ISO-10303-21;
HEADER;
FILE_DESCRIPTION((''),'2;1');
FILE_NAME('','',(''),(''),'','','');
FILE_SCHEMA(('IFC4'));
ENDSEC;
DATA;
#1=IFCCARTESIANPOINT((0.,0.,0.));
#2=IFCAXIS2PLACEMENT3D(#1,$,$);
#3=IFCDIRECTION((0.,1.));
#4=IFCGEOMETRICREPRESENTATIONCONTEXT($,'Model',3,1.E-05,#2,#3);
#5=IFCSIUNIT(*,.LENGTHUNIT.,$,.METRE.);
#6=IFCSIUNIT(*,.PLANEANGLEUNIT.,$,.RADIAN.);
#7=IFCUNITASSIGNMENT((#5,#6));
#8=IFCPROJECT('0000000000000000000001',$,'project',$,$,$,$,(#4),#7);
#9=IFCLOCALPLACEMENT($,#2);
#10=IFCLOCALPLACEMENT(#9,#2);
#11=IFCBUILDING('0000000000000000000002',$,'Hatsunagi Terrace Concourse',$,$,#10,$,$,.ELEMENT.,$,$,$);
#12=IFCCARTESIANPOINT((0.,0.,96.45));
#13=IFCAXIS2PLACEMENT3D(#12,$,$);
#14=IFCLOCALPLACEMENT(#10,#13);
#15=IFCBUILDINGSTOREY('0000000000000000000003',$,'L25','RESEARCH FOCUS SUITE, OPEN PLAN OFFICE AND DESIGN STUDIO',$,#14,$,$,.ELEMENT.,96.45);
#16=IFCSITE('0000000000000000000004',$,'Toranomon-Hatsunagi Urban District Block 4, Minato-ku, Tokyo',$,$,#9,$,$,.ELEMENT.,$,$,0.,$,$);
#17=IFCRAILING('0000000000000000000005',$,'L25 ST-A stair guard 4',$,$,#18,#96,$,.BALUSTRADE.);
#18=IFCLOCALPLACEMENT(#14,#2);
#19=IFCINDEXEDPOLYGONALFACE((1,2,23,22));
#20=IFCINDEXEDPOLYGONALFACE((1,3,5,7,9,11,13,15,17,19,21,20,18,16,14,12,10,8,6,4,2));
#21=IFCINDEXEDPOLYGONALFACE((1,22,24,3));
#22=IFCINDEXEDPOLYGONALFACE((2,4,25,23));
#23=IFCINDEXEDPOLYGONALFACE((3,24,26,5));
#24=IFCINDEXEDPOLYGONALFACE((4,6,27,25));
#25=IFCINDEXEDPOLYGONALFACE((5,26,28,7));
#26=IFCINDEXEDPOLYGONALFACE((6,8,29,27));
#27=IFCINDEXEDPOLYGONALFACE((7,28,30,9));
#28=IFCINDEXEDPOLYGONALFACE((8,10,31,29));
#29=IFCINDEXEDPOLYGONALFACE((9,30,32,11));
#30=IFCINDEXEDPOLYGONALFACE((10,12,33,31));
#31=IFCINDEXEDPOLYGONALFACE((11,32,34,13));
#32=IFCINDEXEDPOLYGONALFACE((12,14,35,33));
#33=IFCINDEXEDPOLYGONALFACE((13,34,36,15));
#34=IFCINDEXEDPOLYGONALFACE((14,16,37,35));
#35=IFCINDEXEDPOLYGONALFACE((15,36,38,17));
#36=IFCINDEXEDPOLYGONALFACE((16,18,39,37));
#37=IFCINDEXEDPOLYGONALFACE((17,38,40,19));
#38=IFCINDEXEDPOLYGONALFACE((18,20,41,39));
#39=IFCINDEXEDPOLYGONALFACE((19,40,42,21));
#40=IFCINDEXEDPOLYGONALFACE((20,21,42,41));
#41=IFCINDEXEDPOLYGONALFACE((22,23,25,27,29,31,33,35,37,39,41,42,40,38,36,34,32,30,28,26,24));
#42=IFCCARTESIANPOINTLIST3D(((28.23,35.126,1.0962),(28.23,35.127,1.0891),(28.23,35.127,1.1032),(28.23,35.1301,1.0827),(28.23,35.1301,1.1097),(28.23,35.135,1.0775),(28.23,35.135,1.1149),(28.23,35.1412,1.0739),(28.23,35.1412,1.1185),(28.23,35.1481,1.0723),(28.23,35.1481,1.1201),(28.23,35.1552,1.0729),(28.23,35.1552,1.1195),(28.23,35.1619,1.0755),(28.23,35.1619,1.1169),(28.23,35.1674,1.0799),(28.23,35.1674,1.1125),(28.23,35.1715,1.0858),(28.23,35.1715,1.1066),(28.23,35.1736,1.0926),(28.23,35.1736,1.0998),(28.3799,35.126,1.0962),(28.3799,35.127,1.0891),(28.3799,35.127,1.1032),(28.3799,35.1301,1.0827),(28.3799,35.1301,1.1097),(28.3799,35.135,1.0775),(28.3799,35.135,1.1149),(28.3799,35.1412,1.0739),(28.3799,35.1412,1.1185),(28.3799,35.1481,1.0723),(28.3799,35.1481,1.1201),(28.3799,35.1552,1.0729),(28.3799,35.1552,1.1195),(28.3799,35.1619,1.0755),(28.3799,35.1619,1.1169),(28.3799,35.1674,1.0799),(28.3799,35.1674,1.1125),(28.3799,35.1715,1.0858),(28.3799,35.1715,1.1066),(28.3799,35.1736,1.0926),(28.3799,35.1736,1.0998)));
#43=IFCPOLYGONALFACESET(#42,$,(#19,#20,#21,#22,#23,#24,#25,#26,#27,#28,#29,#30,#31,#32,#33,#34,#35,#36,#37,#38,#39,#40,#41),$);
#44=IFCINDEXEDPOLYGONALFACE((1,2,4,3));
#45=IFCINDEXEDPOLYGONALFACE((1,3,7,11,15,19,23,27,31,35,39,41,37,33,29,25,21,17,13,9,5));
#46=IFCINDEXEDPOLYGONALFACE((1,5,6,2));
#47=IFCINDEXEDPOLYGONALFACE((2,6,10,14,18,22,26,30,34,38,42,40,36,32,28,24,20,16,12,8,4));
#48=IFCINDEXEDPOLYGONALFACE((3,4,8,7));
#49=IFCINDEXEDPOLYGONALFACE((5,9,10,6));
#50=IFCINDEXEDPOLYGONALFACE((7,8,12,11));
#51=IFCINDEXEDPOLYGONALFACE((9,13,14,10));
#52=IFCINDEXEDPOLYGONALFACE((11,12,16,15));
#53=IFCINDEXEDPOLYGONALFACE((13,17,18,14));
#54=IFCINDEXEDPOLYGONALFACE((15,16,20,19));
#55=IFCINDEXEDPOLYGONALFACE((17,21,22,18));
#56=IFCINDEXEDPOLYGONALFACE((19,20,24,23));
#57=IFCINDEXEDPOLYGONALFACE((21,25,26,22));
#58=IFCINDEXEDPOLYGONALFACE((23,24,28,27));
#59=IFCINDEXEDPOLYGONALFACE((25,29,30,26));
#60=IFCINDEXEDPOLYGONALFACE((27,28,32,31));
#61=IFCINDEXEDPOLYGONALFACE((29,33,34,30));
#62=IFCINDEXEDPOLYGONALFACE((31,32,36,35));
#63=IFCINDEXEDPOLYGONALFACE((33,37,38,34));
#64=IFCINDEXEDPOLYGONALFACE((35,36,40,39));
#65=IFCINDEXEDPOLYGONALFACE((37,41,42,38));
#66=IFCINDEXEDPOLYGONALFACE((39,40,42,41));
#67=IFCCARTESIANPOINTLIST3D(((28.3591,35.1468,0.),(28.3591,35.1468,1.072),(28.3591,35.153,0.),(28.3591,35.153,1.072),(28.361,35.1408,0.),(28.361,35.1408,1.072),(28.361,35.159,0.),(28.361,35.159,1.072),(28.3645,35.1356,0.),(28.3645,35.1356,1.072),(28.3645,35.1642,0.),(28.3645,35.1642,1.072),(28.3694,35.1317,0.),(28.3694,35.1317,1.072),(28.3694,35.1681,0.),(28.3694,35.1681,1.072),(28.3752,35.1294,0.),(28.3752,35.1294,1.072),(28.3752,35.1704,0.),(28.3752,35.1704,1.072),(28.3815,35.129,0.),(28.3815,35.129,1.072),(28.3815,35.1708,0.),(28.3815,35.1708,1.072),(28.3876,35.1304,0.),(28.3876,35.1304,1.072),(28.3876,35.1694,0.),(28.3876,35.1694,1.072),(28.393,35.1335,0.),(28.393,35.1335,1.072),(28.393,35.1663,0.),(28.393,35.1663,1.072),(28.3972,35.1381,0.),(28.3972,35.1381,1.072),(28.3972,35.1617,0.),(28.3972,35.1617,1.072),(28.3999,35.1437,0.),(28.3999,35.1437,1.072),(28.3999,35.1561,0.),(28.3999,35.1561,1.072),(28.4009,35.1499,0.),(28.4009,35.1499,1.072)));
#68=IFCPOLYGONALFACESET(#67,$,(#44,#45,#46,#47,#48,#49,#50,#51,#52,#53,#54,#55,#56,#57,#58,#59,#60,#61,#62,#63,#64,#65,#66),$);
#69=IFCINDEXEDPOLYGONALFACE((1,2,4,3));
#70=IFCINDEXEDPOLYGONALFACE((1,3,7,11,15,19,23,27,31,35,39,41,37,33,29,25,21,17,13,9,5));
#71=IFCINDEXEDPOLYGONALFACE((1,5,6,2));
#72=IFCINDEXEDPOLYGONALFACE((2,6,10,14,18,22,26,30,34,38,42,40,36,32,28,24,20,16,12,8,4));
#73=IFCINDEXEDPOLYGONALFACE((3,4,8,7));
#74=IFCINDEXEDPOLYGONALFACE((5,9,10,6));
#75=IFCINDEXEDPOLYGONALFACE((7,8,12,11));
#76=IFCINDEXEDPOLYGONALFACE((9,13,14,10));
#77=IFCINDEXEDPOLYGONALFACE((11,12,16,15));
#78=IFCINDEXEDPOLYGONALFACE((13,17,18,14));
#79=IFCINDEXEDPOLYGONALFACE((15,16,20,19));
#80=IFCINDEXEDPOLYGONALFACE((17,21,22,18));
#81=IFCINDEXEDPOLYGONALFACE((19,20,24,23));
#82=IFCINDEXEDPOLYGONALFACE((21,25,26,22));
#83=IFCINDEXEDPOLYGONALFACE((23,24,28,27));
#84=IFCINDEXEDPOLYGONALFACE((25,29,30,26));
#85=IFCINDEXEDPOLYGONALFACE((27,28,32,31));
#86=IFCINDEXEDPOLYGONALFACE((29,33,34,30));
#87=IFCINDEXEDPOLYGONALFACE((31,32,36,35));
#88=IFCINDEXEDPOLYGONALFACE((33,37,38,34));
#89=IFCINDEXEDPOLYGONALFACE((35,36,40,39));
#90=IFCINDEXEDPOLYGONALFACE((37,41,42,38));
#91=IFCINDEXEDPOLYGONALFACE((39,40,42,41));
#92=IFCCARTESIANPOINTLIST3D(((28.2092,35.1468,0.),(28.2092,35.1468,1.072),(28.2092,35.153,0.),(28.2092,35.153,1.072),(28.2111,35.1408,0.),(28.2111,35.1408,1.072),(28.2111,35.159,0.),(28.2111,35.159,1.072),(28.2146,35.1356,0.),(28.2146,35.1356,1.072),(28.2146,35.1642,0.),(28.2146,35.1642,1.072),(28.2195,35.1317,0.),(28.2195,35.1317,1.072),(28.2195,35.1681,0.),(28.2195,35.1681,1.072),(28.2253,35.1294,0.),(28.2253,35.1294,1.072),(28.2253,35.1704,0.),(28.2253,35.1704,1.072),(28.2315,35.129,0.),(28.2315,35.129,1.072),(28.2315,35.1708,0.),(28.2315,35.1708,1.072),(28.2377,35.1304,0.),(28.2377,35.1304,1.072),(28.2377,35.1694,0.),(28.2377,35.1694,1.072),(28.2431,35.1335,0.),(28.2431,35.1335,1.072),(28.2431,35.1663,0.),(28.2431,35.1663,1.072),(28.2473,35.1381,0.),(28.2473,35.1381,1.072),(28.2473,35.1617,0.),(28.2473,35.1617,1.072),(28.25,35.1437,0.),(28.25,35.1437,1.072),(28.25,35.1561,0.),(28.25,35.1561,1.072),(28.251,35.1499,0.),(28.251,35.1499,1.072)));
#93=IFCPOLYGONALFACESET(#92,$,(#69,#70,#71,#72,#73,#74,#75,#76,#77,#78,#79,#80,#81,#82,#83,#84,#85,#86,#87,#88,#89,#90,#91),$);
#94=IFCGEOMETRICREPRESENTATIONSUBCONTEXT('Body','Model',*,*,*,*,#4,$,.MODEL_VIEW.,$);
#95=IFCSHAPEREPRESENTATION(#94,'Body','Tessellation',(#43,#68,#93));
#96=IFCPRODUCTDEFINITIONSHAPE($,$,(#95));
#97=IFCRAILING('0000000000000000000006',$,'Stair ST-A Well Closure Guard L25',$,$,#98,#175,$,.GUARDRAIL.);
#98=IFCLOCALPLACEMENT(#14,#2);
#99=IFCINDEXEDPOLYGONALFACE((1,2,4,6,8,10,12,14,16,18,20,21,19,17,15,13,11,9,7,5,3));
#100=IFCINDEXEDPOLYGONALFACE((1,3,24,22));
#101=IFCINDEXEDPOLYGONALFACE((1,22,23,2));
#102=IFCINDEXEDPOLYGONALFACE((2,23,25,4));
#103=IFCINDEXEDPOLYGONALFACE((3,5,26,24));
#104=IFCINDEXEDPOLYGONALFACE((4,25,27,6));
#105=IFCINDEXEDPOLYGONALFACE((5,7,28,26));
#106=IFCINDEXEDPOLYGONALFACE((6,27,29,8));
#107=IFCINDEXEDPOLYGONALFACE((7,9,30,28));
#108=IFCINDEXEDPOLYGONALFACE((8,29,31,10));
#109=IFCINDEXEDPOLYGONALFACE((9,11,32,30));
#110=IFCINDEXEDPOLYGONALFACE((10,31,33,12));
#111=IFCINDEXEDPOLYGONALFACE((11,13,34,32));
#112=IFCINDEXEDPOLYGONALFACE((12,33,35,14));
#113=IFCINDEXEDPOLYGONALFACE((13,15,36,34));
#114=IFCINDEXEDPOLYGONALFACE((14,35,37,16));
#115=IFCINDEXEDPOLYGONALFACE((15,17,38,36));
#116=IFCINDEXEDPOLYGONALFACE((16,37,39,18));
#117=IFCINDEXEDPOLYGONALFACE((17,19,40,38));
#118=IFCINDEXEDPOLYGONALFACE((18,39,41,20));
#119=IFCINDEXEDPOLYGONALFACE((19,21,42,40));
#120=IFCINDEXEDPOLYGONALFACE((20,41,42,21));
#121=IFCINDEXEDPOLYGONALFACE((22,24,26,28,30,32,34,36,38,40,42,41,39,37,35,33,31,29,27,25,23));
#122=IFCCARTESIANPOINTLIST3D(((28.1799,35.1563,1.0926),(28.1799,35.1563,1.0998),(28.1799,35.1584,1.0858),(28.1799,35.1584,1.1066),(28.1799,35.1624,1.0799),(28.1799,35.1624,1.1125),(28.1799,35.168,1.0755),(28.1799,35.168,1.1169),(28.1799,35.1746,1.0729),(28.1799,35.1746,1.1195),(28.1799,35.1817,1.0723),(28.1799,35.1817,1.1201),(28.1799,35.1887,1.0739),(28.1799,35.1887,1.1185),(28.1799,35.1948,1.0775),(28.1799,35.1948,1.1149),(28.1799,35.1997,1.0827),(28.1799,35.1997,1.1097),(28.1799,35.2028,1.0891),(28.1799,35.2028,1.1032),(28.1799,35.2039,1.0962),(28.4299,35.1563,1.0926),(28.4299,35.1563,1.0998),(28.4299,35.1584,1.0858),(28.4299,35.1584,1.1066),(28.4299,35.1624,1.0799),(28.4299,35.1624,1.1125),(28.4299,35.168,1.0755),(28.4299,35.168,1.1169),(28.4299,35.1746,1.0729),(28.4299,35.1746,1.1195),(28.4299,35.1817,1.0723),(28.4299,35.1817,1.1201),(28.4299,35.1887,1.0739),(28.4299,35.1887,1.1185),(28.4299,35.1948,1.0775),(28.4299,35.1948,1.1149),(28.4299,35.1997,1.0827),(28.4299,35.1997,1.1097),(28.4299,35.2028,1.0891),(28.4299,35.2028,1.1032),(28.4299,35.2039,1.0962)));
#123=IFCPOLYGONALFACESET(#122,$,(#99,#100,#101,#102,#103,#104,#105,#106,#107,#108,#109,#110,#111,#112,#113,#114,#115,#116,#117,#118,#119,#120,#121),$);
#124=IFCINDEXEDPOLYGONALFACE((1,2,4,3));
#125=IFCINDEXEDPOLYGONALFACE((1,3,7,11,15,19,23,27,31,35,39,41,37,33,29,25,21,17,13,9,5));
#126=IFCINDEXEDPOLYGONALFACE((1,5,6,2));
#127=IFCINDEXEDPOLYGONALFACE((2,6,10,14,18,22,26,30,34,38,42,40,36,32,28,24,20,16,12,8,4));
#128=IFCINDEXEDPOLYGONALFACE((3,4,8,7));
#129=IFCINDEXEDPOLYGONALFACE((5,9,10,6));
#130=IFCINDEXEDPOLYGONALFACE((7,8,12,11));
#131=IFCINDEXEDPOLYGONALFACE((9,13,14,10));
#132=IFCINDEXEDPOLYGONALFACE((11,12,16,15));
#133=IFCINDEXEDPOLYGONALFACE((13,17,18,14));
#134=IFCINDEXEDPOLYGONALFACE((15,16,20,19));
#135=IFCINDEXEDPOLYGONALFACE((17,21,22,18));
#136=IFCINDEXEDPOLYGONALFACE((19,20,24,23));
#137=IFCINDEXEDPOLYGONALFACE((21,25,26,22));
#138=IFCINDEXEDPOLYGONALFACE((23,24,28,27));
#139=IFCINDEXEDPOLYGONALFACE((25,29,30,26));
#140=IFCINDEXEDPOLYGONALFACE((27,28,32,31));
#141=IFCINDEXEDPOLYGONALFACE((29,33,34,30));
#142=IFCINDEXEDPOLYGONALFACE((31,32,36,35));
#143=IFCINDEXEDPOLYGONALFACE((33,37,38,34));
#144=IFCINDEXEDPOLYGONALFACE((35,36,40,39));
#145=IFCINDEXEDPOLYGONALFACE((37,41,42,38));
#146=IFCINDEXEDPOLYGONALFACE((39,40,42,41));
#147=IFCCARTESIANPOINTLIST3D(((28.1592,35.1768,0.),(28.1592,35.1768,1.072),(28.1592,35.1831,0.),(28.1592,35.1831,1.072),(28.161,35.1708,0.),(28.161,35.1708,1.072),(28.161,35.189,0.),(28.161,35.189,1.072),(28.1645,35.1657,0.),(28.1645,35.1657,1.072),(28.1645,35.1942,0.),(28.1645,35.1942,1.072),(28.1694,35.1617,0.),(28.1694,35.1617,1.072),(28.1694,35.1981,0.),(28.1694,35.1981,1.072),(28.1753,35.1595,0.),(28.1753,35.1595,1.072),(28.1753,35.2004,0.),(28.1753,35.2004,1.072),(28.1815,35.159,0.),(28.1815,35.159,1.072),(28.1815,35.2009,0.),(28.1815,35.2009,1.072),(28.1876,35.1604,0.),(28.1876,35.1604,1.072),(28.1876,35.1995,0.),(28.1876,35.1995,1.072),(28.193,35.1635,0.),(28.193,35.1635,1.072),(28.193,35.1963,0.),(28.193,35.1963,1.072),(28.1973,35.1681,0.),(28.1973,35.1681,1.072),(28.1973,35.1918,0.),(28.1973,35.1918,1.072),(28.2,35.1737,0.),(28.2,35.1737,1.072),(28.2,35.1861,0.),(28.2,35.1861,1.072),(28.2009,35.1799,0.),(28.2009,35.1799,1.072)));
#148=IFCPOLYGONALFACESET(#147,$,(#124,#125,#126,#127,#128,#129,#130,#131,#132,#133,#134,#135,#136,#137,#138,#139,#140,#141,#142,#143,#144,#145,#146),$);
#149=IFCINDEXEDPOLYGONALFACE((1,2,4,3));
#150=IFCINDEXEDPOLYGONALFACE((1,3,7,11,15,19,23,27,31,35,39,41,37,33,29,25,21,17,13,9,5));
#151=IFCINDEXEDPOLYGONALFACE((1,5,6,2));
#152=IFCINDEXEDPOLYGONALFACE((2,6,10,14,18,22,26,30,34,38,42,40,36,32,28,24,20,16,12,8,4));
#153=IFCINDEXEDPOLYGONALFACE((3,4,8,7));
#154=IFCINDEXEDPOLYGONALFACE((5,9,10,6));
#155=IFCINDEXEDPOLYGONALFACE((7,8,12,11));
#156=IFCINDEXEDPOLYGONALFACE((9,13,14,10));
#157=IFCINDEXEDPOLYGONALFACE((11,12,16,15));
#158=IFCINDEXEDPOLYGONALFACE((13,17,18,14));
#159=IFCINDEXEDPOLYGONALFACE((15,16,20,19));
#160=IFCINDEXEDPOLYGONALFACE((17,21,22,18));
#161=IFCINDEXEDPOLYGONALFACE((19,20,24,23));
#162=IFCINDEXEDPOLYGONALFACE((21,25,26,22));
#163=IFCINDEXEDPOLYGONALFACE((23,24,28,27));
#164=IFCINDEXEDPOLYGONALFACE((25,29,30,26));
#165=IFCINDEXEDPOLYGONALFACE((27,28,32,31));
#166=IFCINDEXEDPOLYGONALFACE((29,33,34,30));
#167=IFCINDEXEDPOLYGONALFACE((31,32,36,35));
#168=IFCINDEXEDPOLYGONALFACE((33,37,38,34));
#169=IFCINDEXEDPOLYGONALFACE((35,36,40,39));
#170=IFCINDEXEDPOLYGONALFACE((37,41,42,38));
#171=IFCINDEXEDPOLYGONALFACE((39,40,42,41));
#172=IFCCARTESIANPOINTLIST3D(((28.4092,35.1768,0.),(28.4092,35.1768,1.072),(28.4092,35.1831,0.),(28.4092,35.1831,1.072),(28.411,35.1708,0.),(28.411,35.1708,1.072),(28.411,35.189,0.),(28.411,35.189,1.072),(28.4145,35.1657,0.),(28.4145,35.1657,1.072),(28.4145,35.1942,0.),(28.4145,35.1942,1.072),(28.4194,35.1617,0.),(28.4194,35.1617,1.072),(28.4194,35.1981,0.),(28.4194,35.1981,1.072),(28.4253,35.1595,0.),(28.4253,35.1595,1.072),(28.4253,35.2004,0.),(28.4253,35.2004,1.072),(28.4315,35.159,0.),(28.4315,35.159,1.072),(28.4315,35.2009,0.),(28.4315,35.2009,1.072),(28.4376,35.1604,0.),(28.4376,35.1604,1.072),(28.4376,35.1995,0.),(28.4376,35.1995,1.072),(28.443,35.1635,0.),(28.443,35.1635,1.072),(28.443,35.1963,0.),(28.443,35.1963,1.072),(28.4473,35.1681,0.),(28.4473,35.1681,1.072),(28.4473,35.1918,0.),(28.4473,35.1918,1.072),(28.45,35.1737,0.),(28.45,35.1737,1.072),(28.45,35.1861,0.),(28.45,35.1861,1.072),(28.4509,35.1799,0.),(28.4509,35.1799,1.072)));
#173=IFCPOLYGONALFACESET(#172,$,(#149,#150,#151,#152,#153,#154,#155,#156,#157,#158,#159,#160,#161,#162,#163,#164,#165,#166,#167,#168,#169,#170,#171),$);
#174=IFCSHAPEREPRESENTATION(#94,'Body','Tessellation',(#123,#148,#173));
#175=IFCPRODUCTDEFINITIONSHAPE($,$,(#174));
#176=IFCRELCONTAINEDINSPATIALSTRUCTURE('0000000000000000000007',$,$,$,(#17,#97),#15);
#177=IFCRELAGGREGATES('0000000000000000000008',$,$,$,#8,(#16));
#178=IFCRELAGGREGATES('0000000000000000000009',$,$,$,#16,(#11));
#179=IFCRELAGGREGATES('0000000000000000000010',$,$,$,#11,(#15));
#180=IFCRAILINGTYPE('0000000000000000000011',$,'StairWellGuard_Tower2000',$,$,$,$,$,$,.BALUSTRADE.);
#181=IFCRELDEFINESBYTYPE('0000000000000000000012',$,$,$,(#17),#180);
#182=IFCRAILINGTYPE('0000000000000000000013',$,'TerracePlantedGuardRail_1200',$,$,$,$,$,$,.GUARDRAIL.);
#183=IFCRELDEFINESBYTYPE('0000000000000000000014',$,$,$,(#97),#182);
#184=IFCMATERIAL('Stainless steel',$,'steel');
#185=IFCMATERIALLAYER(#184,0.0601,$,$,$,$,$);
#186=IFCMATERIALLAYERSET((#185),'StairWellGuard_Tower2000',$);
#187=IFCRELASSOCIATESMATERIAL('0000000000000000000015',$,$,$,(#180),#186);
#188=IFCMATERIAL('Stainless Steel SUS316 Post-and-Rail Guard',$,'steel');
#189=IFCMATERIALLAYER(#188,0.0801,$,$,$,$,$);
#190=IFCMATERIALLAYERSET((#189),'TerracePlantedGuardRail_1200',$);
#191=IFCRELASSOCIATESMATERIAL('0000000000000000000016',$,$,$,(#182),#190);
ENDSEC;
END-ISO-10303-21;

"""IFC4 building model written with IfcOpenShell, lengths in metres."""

from ifc_helpers import new_model, si_unit, direction, frame, origin, origin_2d, place, context, subcontext, project, spatial, circle, extrude, material, layer, layer_set, type_object, element, save


model = new_model("IFC4")

# Units and contexts
model_context = context("Model", 3, precision=1e-05, world=origin(), true_north=direction((0.0, 1.0)))
body_context = subcontext(model_context, "Body", "Model", "MODEL_VIEW")
ifc_project = project(units=[si_unit("LENGTHUNIT", "METRE"), si_unit("PLANEANGLEUNIT", "RADIAN")], contexts=[model_context])

# Site, building, storey
site_placement = place(None, origin())
site = spatial("IfcSite", under=ifc_project, at=site_placement, Name="Toranomon-Hatsunagi Urban District Block 4, Minato-ku, Tokyo", CompositionType="ELEMENT", RefElevation=0.0)
building_placement = place(site_placement, origin())
building = spatial("IfcBuilding", under=site, at=building_placement, Name="Hatsunagi Terrace Concourse", CompositionType="ELEMENT")
storey_placement = place(building_placement, frame((0.0, 0.0, 96.45)))
storey = spatial("IfcBuildingStorey", under=building, at=storey_placement, Name="L25", Description="RESEARCH FOCUS SUITE, OPEN PLAN OFFICE AND DESIGN STUDIO", CompositionType="ELEMENT", Elevation=96.45)

# Railings
ifc_material_1 = material(Name="Stainless steel", Category="steel")
ifc_layer_1 = layer(ifc_material_1, 0.0601)
ifc_layer_set_1 = layer_set([ifc_layer_1], Name="StairWellGuard_Tower2000")
railing_type_1 = type_object("IfcRailingType", Name="StairWellGuard_Tower2000", PredefinedType="BALUSTRADE", material=ifc_layer_set_1)
railing_1_placement = place(storey_placement, frame((28.3799, 35.1499, 0.0)))
element("IfcRailing", 1, at=railing_1_placement, inside=storey, type_object=railing_type_1, Name="L25 ST-A stair guard 4", PredefinedType="BALUSTRADE", context=body_context, shape_type="SweptSolid", body=[
    extrude(circle(Radius=0.0239, at=origin_2d()), frame((0.0, 0.0, 1.0962), z_axis=(-1.0, 0.0, 0.0), x_axis=(0.0, -1.0, 0.0)), (0.0, 0.0, 1.0), 0.1499),
    extrude(circle(Radius=0.021, at=origin_2d()), origin(), (0.0, 0.0, 1.0), 1.072),
    extrude(circle(Radius=0.021, at=origin_2d()), frame((-0.1499, 0.0, 0.0)), (0.0, 0.0, 1.0), 1.072),
])
ifc_material_2 = material(Name="Stainless Steel SUS316 Post-and-Rail Guard", Category="steel")
ifc_layer_2 = layer(ifc_material_2, 0.0801)
ifc_layer_set_2 = layer_set([ifc_layer_2], Name="TerracePlantedGuardRail_1200")
railing_type_2 = type_object("IfcRailingType", Name="TerracePlantedGuardRail_1200", PredefinedType="GUARDRAIL", material=ifc_layer_set_2)
railing_2_placement = place(storey_placement, frame((28.1799, 35.1799, 0.0)))
element("IfcRailing", 2, at=railing_2_placement, inside=storey, type_object=railing_type_2, Name="Stair ST-A Well Closure Guard L25", PredefinedType="GUARDRAIL", context=body_context, shape_type="SweptSolid", body=[
    extrude(circle(Radius=0.0239, at=origin_2d()), frame((0.0, 0.0, 1.0962), z_axis=(1.0, 0.0, 0.0), x_axis=(0.0, 1.0, 0.0)), (0.0, 0.0, 1.0), 0.25),
    extrude(circle(Radius=0.021, at=origin_2d()), origin(), (0.0, 0.0, 1.0), 1.072),
    extrude(circle(Radius=0.021, at=origin_2d()), frame((0.25, 0.0, 0.0)), (0.0, 0.0, 1.0), 1.072),
])

save(model, "model.ifc")
